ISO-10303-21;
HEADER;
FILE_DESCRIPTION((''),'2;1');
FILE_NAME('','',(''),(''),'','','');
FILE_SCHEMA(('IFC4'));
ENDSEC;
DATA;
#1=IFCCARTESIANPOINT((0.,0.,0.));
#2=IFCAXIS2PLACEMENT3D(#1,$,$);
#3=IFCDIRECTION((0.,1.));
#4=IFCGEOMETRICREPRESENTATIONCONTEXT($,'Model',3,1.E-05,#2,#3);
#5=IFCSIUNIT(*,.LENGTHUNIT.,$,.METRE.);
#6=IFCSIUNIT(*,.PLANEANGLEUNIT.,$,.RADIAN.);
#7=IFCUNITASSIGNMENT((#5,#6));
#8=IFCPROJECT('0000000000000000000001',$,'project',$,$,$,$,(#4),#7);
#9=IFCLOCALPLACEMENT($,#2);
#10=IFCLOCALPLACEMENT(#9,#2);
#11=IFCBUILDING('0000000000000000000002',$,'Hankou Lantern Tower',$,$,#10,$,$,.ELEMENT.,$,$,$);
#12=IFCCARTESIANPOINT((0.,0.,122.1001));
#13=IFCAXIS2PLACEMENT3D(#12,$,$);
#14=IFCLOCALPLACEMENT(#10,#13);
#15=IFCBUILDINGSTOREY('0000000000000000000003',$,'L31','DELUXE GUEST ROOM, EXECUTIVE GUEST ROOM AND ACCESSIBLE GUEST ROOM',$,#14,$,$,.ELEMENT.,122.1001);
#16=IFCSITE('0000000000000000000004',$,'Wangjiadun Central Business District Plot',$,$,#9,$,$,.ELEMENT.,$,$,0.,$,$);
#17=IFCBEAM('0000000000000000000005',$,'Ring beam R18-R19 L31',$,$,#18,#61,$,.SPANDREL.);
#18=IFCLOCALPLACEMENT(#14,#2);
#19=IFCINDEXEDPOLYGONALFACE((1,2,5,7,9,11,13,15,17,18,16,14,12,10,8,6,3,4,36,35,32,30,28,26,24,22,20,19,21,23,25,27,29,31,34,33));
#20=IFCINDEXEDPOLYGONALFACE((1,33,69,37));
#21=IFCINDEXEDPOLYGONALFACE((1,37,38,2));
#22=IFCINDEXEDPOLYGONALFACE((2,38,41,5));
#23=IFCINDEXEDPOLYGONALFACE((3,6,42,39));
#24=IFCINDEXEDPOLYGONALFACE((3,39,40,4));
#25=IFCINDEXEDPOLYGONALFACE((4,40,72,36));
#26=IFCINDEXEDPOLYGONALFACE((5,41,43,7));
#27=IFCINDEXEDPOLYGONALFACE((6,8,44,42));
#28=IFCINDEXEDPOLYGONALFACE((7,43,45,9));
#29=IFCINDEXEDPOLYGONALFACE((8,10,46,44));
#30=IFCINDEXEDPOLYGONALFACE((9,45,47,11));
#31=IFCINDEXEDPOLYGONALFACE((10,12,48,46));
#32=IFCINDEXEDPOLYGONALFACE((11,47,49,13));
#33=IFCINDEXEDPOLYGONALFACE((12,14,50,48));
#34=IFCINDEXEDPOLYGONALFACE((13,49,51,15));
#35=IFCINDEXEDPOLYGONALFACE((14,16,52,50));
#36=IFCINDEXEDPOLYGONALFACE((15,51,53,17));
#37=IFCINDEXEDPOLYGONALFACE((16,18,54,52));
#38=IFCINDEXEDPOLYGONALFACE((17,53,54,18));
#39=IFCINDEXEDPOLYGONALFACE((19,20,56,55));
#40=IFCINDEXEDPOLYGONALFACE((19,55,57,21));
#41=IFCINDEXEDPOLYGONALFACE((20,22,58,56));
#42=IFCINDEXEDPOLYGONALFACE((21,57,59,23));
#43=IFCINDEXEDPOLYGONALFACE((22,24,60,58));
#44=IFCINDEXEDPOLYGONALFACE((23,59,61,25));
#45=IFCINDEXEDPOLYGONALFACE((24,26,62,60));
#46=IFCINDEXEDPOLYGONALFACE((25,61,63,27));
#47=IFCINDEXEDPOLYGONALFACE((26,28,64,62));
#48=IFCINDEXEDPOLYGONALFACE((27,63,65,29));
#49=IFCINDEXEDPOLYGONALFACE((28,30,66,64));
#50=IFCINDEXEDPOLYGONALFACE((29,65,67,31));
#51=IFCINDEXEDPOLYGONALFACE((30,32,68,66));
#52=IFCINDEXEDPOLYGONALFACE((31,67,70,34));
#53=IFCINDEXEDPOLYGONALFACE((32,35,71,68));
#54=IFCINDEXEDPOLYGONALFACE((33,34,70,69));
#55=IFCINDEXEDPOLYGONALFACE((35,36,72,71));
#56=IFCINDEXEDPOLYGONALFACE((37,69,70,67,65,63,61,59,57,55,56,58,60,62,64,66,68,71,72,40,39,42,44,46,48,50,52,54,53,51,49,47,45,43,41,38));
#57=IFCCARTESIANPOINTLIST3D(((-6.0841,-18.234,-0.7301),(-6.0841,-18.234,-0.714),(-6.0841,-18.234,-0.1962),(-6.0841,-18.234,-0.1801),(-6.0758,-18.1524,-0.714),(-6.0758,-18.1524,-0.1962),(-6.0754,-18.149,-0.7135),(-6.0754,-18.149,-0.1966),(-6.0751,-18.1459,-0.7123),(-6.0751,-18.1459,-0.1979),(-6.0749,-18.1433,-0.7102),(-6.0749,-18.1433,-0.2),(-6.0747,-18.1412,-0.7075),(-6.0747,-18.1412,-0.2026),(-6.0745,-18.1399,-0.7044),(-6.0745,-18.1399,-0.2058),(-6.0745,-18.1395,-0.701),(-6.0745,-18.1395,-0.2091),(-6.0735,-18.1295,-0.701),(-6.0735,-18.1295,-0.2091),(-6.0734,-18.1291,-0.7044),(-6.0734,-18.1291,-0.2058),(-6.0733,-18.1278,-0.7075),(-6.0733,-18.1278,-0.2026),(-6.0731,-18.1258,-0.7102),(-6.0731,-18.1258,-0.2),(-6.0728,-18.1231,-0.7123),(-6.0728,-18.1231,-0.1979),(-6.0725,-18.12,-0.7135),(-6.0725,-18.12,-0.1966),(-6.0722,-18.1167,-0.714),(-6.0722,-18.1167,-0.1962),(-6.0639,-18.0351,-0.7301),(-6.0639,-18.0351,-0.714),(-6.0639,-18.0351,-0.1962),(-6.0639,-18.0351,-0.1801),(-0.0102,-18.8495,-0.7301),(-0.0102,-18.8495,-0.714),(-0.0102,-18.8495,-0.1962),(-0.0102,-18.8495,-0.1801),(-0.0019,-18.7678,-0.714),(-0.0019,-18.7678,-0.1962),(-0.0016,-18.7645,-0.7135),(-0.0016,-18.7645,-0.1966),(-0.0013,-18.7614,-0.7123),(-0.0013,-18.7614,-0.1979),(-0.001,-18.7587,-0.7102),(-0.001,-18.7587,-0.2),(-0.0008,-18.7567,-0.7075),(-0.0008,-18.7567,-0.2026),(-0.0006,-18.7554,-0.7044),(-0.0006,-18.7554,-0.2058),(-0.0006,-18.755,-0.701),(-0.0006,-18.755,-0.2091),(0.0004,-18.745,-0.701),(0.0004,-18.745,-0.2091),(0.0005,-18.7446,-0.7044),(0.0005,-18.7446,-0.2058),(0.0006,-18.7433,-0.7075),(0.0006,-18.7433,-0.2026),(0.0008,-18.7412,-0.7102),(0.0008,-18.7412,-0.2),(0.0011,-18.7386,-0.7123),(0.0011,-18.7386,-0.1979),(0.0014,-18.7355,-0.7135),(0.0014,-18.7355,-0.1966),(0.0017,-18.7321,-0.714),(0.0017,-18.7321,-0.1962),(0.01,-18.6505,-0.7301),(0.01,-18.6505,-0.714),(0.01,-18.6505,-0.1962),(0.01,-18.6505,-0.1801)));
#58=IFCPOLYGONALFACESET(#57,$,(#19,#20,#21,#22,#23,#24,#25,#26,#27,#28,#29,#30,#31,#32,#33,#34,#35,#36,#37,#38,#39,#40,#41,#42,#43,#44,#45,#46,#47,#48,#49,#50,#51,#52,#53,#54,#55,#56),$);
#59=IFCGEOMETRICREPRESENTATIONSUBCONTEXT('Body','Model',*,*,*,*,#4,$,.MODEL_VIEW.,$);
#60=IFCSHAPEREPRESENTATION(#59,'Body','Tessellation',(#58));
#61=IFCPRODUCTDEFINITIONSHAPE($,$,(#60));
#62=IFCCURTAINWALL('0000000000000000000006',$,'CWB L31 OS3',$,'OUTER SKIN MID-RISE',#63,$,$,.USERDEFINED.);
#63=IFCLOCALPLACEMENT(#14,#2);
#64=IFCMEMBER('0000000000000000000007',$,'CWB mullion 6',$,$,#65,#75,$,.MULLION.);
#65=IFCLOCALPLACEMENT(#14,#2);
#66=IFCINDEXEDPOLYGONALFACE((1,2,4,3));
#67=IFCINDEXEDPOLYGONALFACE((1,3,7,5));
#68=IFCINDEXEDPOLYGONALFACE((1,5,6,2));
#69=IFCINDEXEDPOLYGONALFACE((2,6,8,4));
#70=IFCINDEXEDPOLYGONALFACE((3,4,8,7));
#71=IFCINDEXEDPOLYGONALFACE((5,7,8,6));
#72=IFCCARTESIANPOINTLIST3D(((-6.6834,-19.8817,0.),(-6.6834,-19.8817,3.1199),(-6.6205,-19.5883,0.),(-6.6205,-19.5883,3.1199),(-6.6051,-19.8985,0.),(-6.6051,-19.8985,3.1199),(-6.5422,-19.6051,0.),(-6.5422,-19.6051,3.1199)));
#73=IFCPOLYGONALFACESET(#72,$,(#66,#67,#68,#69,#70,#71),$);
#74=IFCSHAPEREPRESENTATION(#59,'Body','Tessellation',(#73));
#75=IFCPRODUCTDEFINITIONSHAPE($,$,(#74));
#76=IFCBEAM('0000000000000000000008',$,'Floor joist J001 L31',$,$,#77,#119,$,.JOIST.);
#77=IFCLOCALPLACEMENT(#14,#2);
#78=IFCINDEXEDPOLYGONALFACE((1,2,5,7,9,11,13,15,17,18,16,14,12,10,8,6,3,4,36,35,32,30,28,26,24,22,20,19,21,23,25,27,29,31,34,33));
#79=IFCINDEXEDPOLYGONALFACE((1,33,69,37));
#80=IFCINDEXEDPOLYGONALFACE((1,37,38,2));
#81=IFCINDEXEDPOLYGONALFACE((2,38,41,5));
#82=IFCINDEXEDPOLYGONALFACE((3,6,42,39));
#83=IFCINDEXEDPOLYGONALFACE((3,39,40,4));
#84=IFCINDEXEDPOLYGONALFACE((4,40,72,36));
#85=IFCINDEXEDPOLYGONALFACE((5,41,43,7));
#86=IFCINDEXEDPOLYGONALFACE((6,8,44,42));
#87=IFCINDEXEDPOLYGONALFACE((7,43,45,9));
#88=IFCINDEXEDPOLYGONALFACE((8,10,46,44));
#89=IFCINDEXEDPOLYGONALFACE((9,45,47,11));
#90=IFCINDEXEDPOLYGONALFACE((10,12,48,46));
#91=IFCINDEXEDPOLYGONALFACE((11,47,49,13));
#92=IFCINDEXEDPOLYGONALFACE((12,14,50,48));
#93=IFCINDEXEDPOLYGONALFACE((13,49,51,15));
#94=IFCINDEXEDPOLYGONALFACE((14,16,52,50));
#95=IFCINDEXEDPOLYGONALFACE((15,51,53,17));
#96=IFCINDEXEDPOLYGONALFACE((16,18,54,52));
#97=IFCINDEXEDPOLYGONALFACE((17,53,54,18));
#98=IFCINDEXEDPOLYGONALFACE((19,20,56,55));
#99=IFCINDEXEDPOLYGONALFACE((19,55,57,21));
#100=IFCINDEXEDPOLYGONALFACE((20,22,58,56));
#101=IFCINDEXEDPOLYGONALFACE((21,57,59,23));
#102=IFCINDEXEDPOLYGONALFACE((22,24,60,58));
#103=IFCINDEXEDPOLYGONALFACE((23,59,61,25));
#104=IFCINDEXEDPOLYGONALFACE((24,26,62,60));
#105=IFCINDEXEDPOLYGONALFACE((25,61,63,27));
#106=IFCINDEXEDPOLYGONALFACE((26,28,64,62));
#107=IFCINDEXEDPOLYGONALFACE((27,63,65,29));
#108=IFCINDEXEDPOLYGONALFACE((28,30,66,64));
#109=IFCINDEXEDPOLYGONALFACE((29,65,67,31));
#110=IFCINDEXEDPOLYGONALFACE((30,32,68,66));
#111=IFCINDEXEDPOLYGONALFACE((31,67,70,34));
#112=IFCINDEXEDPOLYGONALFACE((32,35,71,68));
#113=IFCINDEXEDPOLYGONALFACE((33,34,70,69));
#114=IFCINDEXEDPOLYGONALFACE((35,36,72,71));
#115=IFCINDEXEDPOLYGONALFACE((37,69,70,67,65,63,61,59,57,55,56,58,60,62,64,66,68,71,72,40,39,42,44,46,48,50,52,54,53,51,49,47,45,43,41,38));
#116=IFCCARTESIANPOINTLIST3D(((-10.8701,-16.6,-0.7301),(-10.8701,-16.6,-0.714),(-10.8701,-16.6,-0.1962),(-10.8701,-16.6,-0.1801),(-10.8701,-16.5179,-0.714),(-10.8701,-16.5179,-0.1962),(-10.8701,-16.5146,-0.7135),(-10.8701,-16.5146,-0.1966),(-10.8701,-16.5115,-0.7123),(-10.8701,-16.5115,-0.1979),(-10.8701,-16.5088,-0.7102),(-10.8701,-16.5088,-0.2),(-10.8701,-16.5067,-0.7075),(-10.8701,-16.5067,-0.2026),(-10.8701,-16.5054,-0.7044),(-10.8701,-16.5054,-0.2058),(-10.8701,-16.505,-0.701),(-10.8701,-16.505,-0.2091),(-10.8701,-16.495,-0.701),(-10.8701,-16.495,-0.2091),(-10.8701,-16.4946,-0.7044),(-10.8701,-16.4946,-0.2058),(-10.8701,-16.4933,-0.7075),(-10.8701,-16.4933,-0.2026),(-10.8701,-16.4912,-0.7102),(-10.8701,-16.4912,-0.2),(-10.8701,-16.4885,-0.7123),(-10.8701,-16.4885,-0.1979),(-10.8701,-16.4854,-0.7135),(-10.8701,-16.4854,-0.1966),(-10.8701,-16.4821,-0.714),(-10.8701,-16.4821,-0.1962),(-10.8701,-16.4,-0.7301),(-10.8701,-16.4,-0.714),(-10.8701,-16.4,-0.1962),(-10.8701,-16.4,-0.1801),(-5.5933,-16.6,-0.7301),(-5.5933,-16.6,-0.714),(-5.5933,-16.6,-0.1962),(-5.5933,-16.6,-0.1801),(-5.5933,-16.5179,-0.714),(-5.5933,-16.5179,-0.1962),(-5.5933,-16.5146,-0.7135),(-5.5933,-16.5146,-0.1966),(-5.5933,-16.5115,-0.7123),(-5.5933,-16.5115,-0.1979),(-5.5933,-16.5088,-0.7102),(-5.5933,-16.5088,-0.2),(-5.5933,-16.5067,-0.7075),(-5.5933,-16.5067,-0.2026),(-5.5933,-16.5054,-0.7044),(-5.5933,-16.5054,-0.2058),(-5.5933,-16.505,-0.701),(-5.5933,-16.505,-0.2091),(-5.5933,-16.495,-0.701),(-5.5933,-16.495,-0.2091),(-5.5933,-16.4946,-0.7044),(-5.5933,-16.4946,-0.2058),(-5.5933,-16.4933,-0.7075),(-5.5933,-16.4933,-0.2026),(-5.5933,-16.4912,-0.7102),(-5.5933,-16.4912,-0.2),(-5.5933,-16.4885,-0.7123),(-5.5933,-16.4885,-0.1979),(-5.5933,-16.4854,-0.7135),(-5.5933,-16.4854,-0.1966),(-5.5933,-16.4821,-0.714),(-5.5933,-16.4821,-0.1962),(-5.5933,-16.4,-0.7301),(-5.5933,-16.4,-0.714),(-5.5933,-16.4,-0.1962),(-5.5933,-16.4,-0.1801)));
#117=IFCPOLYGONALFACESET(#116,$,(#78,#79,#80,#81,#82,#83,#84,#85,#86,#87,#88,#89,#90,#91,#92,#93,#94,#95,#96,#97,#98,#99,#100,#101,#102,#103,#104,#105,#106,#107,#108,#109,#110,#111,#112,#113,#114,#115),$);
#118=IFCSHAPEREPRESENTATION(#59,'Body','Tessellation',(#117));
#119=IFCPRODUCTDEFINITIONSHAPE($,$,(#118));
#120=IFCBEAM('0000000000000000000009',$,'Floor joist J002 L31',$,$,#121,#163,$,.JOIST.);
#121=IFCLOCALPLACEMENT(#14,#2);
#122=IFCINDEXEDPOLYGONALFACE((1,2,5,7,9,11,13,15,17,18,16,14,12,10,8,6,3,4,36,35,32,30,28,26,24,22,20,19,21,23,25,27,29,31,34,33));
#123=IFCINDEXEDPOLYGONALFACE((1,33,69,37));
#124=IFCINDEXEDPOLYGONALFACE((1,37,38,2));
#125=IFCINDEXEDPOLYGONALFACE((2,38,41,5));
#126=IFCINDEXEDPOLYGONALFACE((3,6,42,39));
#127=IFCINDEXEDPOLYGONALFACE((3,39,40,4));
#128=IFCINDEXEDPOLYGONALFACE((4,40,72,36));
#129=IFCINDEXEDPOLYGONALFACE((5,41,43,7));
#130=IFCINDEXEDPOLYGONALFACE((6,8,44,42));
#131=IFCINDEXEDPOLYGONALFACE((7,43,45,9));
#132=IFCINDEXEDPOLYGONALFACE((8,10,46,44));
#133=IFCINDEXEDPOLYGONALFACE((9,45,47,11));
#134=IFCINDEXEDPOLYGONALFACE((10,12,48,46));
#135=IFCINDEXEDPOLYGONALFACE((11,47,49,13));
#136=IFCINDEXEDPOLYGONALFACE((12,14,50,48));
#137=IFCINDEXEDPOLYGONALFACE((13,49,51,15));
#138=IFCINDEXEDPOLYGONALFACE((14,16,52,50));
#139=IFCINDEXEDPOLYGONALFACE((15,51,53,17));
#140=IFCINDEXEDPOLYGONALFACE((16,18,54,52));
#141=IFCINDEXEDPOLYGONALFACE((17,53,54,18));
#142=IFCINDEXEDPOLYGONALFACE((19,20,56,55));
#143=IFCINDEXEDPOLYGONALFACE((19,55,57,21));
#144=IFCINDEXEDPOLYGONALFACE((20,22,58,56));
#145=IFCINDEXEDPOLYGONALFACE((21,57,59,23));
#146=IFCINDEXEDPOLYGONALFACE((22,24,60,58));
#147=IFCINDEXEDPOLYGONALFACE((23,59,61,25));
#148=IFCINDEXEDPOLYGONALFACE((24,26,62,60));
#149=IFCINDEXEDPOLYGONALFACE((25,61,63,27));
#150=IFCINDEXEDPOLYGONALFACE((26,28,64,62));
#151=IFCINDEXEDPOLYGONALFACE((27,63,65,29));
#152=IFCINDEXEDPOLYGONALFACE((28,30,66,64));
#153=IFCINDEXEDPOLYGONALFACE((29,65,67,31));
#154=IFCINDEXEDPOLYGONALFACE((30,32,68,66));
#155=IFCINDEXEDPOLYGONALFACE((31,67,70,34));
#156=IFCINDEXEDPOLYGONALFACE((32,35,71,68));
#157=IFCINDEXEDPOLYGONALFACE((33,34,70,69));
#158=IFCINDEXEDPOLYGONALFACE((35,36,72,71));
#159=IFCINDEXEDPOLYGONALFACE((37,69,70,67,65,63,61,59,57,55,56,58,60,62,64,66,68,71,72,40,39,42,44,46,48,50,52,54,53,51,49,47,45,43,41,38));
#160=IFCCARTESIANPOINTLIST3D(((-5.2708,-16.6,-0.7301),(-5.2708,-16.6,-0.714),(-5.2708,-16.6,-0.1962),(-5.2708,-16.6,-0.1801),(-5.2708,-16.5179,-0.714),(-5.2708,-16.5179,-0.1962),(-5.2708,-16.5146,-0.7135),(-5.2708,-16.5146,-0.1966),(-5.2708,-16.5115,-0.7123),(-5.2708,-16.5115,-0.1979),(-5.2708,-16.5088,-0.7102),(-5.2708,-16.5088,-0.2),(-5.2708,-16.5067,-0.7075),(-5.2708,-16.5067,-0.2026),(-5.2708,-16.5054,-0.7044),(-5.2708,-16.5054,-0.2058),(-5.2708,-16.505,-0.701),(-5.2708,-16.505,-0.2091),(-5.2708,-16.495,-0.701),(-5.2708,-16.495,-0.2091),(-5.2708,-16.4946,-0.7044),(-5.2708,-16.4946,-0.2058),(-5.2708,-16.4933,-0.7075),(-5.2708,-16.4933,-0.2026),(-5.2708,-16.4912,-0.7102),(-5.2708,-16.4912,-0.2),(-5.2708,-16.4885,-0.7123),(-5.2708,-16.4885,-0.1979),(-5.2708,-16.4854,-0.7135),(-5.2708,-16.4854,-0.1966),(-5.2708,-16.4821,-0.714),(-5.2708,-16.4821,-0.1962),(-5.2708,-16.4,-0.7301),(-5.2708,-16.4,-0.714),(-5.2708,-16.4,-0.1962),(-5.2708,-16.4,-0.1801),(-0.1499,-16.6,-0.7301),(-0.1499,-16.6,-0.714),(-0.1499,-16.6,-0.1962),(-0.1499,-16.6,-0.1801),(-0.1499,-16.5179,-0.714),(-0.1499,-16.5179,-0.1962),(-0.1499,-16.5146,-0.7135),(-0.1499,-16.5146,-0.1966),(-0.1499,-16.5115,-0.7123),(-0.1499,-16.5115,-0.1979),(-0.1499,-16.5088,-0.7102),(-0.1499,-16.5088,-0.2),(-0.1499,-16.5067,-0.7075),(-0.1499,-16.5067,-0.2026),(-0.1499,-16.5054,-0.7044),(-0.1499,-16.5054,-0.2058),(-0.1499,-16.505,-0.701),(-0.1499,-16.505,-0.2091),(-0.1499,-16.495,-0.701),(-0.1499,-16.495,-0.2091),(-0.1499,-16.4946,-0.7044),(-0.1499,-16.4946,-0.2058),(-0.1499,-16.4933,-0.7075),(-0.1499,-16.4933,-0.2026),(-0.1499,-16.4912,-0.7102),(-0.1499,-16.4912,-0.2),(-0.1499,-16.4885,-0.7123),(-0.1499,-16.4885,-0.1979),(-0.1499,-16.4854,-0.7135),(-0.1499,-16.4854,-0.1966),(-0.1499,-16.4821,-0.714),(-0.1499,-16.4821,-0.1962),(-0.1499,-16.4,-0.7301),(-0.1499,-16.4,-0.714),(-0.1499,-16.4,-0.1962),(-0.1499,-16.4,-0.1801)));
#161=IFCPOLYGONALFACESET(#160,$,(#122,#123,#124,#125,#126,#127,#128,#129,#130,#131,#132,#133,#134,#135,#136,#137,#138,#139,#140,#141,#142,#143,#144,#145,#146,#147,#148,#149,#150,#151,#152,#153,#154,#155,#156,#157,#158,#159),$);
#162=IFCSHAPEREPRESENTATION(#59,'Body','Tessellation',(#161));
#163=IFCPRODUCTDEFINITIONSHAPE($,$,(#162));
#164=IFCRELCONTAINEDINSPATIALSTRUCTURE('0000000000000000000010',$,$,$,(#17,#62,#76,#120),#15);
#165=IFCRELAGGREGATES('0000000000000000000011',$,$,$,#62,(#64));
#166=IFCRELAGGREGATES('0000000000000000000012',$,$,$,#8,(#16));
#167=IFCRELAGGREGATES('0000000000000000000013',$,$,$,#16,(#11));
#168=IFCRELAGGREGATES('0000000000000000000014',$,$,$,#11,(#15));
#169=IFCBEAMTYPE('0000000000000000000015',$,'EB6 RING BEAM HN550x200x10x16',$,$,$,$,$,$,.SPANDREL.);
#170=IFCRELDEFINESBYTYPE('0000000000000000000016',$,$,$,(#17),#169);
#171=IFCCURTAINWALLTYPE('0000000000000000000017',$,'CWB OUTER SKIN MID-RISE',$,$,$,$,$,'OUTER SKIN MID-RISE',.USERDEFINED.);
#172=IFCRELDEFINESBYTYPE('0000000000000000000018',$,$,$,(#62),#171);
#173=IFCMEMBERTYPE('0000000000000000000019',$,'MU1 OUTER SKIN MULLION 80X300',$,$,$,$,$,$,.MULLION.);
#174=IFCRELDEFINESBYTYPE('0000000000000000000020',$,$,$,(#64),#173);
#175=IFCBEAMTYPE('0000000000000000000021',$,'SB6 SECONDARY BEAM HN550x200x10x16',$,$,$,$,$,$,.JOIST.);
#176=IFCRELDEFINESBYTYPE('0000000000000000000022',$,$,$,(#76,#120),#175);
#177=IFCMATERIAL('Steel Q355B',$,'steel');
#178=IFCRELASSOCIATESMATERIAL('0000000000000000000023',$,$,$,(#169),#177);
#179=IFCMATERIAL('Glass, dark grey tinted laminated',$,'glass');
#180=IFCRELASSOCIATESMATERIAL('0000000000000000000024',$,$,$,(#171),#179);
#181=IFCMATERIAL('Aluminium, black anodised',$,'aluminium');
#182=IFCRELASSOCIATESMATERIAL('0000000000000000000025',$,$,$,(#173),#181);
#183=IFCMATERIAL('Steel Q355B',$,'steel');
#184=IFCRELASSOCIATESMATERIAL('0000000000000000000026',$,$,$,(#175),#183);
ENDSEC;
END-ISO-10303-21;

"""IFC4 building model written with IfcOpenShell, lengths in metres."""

from ifc_helpers import new_model, si_unit, direction, frame, origin, origin_2d, place, context, subcontext, project, spatial, rectangle, i_section, extrude, material, material_profile, profile_set, type_object, element, aggregate, save


model = new_model("IFC4")

# Units and contexts
model_context = context("Model", 3, precision=1e-05, world=origin(), true_north=direction((0.0, 1.0)))
body_context = subcontext(model_context, "Body", "Model", "MODEL_VIEW")
ifc_project = project(units=[si_unit("LENGTHUNIT", "METRE"), si_unit("PLANEANGLEUNIT", "RADIAN")], contexts=[model_context])

# Site, building, storey
site_placement = place(None, origin())
site = spatial("IfcSite", under=ifc_project, at=site_placement, Name="Wangjiadun Central Business District Plot", CompositionType="ELEMENT", RefElevation=0.0)
building_placement = place(site_placement, origin())
building = spatial("IfcBuilding", under=site, at=building_placement, Name="Hankou Lantern Tower", CompositionType="ELEMENT")
storey_placement = place(building_placement, frame((0.0, 0.0, 122.1001)))
storey = spatial("IfcBuildingStorey", under=building, at=storey_placement, Name="L31", Description="DELUXE GUEST ROOM, EXECUTIVE GUEST ROOM AND ACCESSIBLE GUEST ROOM", CompositionType="ELEMENT", Elevation=122.1001)

# Beam
ifc_material_1 = material(Name="Steel Q355B", Category="steel")
ifc_material_profile_1 = material_profile(ifc_material_1, i_section(OverallWidth=0.2, OverallDepth=0.55, WebThickness=0.01, FlangeThickness=0.0161, FilletRadius=0.0129, at=origin_2d()), Name="HN550x200x10x16")
ifc_profile_set_1 = profile_set([ifc_material_profile_1], Name="Steel Q355B")
beam_type_1 = type_object("IfcBeamType", Name="EB6 RING BEAM HN550x200x10x16", PredefinedType="SPANDREL", material=ifc_profile_set_1)
beam_1_placement = place(storey_placement, frame((-6.074, -18.1345, -0.4551), z_axis=(0.994905, -0.100814, 0.0), x_axis=(0.100814, 0.994905, 0.0)))
element("IfcBeam", 1, at=beam_1_placement, inside=storey, type_object=beam_type_1, Name="Ring beam R18-R19 L31", PredefinedType="SPANDREL", context=body_context, shape_type="SweptSolid", body=[
    extrude(i_section(OverallWidth=0.2, OverallDepth=0.55, WebThickness=0.01, FlangeThickness=0.0161, FilletRadius=0.0129, at=origin_2d()), origin(), (0.0, 0.0, 1.0), 6.105),
])

# Curtain wall, member
ifc_material_2 = material(Name="Glass, dark grey tinted laminated", Category="glass")
curtain_wall_type = type_object("IfcCurtainWallType", Name="CWB OUTER SKIN MID-RISE", ElementType="OUTER SKIN MID-RISE", PredefinedType="USERDEFINED", material=ifc_material_2)
curtain_wall_placement = place(storey_placement, origin())
curtain_wall = element("IfcCurtainWall", 2, at=curtain_wall_placement, inside=storey, type_object=curtain_wall_type, Name="CWB L31 OS3", ObjectType="OUTER SKIN MID-RISE", PredefinedType="USERDEFINED")
ifc_material_3 = material(Name="Aluminium, black anodised", Category="aluminium")
ifc_material_profile_2 = material_profile(ifc_material_3, rectangle(XDim=0.0801, YDim=0.3, at=origin_2d()), Name="MU1 80X300")
ifc_profile_set_2 = profile_set([ifc_material_profile_2], Name="Aluminium, black anodised")
member_type_1 = type_object("IfcMemberType", Name="MU1 OUTER SKIN MULLION 80X300", PredefinedType="MULLION", material=ifc_profile_set_2)
member_1_placement = place(storey_placement, frame((-6.6128, -19.7434, 0.0), z_axis=(0.0, 0.0, 1.0), x_axis=(0.977788, -0.209598, 0.0)))
member_1 = element("IfcMember", 3, at=member_1_placement, type_object=member_type_1, Name="CWB mullion 6", PredefinedType="MULLION", context=body_context, shape_type="SweptSolid", body=[
    extrude(rectangle(XDim=0.0801, YDim=0.3, at=origin_2d()), origin(), (0.0, 0.0, 1.0), 3.1199),
])

# Beams
ifc_material_4 = material(Name="Steel Q355B", Category="steel")
ifc_material_profile_3 = material_profile(ifc_material_4, i_section(OverallWidth=0.2, OverallDepth=0.55, WebThickness=0.01, FlangeThickness=0.0161, FilletRadius=0.0129, at=origin_2d()), Name="HN550x200x10x16")
ifc_profile_set_3 = profile_set([ifc_material_profile_3], Name="Steel Q355B")
beam_type_2 = type_object("IfcBeamType", Name="SB6 SECONDARY BEAM HN550x200x10x16", PredefinedType="JOIST", material=ifc_profile_set_3)
beam_2_placement = place(storey_placement, frame((-10.8701, -16.5, -0.4551), z_axis=(1.0, 0.0, 0.0), x_axis=(0.0, 1.0, 0.0)))
element("IfcBeam", 4, at=beam_2_placement, inside=storey, type_object=beam_type_2, Name="Floor joist J001 L31", PredefinedType="JOIST", context=body_context, shape_type="SweptSolid", body=[
    extrude(i_section(OverallWidth=0.2, OverallDepth=0.55, WebThickness=0.01, FlangeThickness=0.0161, FilletRadius=0.0129, at=origin_2d()), origin(), (0.0, 0.0, 1.0), 5.2769),
])
beam_3_placement = place(storey_placement, frame((-5.2708, -16.5, -0.4551), z_axis=(1.0, 0.0, 0.0), x_axis=(0.0, 1.0, 0.0)))
element("IfcBeam", 5, at=beam_3_placement, inside=storey, type_object=beam_type_2, Name="Floor joist J002 L31", PredefinedType="JOIST", context=body_context, shape_type="SweptSolid", body=[
    extrude(i_section(OverallWidth=0.2, OverallDepth=0.55, WebThickness=0.01, FlangeThickness=0.0161, FilletRadius=0.0129, at=origin_2d()), origin(), (0.0, 0.0, 1.0), 5.1208),
])

aggregate(curtain_wall, [member_1])

save(model, "model.ifc")
